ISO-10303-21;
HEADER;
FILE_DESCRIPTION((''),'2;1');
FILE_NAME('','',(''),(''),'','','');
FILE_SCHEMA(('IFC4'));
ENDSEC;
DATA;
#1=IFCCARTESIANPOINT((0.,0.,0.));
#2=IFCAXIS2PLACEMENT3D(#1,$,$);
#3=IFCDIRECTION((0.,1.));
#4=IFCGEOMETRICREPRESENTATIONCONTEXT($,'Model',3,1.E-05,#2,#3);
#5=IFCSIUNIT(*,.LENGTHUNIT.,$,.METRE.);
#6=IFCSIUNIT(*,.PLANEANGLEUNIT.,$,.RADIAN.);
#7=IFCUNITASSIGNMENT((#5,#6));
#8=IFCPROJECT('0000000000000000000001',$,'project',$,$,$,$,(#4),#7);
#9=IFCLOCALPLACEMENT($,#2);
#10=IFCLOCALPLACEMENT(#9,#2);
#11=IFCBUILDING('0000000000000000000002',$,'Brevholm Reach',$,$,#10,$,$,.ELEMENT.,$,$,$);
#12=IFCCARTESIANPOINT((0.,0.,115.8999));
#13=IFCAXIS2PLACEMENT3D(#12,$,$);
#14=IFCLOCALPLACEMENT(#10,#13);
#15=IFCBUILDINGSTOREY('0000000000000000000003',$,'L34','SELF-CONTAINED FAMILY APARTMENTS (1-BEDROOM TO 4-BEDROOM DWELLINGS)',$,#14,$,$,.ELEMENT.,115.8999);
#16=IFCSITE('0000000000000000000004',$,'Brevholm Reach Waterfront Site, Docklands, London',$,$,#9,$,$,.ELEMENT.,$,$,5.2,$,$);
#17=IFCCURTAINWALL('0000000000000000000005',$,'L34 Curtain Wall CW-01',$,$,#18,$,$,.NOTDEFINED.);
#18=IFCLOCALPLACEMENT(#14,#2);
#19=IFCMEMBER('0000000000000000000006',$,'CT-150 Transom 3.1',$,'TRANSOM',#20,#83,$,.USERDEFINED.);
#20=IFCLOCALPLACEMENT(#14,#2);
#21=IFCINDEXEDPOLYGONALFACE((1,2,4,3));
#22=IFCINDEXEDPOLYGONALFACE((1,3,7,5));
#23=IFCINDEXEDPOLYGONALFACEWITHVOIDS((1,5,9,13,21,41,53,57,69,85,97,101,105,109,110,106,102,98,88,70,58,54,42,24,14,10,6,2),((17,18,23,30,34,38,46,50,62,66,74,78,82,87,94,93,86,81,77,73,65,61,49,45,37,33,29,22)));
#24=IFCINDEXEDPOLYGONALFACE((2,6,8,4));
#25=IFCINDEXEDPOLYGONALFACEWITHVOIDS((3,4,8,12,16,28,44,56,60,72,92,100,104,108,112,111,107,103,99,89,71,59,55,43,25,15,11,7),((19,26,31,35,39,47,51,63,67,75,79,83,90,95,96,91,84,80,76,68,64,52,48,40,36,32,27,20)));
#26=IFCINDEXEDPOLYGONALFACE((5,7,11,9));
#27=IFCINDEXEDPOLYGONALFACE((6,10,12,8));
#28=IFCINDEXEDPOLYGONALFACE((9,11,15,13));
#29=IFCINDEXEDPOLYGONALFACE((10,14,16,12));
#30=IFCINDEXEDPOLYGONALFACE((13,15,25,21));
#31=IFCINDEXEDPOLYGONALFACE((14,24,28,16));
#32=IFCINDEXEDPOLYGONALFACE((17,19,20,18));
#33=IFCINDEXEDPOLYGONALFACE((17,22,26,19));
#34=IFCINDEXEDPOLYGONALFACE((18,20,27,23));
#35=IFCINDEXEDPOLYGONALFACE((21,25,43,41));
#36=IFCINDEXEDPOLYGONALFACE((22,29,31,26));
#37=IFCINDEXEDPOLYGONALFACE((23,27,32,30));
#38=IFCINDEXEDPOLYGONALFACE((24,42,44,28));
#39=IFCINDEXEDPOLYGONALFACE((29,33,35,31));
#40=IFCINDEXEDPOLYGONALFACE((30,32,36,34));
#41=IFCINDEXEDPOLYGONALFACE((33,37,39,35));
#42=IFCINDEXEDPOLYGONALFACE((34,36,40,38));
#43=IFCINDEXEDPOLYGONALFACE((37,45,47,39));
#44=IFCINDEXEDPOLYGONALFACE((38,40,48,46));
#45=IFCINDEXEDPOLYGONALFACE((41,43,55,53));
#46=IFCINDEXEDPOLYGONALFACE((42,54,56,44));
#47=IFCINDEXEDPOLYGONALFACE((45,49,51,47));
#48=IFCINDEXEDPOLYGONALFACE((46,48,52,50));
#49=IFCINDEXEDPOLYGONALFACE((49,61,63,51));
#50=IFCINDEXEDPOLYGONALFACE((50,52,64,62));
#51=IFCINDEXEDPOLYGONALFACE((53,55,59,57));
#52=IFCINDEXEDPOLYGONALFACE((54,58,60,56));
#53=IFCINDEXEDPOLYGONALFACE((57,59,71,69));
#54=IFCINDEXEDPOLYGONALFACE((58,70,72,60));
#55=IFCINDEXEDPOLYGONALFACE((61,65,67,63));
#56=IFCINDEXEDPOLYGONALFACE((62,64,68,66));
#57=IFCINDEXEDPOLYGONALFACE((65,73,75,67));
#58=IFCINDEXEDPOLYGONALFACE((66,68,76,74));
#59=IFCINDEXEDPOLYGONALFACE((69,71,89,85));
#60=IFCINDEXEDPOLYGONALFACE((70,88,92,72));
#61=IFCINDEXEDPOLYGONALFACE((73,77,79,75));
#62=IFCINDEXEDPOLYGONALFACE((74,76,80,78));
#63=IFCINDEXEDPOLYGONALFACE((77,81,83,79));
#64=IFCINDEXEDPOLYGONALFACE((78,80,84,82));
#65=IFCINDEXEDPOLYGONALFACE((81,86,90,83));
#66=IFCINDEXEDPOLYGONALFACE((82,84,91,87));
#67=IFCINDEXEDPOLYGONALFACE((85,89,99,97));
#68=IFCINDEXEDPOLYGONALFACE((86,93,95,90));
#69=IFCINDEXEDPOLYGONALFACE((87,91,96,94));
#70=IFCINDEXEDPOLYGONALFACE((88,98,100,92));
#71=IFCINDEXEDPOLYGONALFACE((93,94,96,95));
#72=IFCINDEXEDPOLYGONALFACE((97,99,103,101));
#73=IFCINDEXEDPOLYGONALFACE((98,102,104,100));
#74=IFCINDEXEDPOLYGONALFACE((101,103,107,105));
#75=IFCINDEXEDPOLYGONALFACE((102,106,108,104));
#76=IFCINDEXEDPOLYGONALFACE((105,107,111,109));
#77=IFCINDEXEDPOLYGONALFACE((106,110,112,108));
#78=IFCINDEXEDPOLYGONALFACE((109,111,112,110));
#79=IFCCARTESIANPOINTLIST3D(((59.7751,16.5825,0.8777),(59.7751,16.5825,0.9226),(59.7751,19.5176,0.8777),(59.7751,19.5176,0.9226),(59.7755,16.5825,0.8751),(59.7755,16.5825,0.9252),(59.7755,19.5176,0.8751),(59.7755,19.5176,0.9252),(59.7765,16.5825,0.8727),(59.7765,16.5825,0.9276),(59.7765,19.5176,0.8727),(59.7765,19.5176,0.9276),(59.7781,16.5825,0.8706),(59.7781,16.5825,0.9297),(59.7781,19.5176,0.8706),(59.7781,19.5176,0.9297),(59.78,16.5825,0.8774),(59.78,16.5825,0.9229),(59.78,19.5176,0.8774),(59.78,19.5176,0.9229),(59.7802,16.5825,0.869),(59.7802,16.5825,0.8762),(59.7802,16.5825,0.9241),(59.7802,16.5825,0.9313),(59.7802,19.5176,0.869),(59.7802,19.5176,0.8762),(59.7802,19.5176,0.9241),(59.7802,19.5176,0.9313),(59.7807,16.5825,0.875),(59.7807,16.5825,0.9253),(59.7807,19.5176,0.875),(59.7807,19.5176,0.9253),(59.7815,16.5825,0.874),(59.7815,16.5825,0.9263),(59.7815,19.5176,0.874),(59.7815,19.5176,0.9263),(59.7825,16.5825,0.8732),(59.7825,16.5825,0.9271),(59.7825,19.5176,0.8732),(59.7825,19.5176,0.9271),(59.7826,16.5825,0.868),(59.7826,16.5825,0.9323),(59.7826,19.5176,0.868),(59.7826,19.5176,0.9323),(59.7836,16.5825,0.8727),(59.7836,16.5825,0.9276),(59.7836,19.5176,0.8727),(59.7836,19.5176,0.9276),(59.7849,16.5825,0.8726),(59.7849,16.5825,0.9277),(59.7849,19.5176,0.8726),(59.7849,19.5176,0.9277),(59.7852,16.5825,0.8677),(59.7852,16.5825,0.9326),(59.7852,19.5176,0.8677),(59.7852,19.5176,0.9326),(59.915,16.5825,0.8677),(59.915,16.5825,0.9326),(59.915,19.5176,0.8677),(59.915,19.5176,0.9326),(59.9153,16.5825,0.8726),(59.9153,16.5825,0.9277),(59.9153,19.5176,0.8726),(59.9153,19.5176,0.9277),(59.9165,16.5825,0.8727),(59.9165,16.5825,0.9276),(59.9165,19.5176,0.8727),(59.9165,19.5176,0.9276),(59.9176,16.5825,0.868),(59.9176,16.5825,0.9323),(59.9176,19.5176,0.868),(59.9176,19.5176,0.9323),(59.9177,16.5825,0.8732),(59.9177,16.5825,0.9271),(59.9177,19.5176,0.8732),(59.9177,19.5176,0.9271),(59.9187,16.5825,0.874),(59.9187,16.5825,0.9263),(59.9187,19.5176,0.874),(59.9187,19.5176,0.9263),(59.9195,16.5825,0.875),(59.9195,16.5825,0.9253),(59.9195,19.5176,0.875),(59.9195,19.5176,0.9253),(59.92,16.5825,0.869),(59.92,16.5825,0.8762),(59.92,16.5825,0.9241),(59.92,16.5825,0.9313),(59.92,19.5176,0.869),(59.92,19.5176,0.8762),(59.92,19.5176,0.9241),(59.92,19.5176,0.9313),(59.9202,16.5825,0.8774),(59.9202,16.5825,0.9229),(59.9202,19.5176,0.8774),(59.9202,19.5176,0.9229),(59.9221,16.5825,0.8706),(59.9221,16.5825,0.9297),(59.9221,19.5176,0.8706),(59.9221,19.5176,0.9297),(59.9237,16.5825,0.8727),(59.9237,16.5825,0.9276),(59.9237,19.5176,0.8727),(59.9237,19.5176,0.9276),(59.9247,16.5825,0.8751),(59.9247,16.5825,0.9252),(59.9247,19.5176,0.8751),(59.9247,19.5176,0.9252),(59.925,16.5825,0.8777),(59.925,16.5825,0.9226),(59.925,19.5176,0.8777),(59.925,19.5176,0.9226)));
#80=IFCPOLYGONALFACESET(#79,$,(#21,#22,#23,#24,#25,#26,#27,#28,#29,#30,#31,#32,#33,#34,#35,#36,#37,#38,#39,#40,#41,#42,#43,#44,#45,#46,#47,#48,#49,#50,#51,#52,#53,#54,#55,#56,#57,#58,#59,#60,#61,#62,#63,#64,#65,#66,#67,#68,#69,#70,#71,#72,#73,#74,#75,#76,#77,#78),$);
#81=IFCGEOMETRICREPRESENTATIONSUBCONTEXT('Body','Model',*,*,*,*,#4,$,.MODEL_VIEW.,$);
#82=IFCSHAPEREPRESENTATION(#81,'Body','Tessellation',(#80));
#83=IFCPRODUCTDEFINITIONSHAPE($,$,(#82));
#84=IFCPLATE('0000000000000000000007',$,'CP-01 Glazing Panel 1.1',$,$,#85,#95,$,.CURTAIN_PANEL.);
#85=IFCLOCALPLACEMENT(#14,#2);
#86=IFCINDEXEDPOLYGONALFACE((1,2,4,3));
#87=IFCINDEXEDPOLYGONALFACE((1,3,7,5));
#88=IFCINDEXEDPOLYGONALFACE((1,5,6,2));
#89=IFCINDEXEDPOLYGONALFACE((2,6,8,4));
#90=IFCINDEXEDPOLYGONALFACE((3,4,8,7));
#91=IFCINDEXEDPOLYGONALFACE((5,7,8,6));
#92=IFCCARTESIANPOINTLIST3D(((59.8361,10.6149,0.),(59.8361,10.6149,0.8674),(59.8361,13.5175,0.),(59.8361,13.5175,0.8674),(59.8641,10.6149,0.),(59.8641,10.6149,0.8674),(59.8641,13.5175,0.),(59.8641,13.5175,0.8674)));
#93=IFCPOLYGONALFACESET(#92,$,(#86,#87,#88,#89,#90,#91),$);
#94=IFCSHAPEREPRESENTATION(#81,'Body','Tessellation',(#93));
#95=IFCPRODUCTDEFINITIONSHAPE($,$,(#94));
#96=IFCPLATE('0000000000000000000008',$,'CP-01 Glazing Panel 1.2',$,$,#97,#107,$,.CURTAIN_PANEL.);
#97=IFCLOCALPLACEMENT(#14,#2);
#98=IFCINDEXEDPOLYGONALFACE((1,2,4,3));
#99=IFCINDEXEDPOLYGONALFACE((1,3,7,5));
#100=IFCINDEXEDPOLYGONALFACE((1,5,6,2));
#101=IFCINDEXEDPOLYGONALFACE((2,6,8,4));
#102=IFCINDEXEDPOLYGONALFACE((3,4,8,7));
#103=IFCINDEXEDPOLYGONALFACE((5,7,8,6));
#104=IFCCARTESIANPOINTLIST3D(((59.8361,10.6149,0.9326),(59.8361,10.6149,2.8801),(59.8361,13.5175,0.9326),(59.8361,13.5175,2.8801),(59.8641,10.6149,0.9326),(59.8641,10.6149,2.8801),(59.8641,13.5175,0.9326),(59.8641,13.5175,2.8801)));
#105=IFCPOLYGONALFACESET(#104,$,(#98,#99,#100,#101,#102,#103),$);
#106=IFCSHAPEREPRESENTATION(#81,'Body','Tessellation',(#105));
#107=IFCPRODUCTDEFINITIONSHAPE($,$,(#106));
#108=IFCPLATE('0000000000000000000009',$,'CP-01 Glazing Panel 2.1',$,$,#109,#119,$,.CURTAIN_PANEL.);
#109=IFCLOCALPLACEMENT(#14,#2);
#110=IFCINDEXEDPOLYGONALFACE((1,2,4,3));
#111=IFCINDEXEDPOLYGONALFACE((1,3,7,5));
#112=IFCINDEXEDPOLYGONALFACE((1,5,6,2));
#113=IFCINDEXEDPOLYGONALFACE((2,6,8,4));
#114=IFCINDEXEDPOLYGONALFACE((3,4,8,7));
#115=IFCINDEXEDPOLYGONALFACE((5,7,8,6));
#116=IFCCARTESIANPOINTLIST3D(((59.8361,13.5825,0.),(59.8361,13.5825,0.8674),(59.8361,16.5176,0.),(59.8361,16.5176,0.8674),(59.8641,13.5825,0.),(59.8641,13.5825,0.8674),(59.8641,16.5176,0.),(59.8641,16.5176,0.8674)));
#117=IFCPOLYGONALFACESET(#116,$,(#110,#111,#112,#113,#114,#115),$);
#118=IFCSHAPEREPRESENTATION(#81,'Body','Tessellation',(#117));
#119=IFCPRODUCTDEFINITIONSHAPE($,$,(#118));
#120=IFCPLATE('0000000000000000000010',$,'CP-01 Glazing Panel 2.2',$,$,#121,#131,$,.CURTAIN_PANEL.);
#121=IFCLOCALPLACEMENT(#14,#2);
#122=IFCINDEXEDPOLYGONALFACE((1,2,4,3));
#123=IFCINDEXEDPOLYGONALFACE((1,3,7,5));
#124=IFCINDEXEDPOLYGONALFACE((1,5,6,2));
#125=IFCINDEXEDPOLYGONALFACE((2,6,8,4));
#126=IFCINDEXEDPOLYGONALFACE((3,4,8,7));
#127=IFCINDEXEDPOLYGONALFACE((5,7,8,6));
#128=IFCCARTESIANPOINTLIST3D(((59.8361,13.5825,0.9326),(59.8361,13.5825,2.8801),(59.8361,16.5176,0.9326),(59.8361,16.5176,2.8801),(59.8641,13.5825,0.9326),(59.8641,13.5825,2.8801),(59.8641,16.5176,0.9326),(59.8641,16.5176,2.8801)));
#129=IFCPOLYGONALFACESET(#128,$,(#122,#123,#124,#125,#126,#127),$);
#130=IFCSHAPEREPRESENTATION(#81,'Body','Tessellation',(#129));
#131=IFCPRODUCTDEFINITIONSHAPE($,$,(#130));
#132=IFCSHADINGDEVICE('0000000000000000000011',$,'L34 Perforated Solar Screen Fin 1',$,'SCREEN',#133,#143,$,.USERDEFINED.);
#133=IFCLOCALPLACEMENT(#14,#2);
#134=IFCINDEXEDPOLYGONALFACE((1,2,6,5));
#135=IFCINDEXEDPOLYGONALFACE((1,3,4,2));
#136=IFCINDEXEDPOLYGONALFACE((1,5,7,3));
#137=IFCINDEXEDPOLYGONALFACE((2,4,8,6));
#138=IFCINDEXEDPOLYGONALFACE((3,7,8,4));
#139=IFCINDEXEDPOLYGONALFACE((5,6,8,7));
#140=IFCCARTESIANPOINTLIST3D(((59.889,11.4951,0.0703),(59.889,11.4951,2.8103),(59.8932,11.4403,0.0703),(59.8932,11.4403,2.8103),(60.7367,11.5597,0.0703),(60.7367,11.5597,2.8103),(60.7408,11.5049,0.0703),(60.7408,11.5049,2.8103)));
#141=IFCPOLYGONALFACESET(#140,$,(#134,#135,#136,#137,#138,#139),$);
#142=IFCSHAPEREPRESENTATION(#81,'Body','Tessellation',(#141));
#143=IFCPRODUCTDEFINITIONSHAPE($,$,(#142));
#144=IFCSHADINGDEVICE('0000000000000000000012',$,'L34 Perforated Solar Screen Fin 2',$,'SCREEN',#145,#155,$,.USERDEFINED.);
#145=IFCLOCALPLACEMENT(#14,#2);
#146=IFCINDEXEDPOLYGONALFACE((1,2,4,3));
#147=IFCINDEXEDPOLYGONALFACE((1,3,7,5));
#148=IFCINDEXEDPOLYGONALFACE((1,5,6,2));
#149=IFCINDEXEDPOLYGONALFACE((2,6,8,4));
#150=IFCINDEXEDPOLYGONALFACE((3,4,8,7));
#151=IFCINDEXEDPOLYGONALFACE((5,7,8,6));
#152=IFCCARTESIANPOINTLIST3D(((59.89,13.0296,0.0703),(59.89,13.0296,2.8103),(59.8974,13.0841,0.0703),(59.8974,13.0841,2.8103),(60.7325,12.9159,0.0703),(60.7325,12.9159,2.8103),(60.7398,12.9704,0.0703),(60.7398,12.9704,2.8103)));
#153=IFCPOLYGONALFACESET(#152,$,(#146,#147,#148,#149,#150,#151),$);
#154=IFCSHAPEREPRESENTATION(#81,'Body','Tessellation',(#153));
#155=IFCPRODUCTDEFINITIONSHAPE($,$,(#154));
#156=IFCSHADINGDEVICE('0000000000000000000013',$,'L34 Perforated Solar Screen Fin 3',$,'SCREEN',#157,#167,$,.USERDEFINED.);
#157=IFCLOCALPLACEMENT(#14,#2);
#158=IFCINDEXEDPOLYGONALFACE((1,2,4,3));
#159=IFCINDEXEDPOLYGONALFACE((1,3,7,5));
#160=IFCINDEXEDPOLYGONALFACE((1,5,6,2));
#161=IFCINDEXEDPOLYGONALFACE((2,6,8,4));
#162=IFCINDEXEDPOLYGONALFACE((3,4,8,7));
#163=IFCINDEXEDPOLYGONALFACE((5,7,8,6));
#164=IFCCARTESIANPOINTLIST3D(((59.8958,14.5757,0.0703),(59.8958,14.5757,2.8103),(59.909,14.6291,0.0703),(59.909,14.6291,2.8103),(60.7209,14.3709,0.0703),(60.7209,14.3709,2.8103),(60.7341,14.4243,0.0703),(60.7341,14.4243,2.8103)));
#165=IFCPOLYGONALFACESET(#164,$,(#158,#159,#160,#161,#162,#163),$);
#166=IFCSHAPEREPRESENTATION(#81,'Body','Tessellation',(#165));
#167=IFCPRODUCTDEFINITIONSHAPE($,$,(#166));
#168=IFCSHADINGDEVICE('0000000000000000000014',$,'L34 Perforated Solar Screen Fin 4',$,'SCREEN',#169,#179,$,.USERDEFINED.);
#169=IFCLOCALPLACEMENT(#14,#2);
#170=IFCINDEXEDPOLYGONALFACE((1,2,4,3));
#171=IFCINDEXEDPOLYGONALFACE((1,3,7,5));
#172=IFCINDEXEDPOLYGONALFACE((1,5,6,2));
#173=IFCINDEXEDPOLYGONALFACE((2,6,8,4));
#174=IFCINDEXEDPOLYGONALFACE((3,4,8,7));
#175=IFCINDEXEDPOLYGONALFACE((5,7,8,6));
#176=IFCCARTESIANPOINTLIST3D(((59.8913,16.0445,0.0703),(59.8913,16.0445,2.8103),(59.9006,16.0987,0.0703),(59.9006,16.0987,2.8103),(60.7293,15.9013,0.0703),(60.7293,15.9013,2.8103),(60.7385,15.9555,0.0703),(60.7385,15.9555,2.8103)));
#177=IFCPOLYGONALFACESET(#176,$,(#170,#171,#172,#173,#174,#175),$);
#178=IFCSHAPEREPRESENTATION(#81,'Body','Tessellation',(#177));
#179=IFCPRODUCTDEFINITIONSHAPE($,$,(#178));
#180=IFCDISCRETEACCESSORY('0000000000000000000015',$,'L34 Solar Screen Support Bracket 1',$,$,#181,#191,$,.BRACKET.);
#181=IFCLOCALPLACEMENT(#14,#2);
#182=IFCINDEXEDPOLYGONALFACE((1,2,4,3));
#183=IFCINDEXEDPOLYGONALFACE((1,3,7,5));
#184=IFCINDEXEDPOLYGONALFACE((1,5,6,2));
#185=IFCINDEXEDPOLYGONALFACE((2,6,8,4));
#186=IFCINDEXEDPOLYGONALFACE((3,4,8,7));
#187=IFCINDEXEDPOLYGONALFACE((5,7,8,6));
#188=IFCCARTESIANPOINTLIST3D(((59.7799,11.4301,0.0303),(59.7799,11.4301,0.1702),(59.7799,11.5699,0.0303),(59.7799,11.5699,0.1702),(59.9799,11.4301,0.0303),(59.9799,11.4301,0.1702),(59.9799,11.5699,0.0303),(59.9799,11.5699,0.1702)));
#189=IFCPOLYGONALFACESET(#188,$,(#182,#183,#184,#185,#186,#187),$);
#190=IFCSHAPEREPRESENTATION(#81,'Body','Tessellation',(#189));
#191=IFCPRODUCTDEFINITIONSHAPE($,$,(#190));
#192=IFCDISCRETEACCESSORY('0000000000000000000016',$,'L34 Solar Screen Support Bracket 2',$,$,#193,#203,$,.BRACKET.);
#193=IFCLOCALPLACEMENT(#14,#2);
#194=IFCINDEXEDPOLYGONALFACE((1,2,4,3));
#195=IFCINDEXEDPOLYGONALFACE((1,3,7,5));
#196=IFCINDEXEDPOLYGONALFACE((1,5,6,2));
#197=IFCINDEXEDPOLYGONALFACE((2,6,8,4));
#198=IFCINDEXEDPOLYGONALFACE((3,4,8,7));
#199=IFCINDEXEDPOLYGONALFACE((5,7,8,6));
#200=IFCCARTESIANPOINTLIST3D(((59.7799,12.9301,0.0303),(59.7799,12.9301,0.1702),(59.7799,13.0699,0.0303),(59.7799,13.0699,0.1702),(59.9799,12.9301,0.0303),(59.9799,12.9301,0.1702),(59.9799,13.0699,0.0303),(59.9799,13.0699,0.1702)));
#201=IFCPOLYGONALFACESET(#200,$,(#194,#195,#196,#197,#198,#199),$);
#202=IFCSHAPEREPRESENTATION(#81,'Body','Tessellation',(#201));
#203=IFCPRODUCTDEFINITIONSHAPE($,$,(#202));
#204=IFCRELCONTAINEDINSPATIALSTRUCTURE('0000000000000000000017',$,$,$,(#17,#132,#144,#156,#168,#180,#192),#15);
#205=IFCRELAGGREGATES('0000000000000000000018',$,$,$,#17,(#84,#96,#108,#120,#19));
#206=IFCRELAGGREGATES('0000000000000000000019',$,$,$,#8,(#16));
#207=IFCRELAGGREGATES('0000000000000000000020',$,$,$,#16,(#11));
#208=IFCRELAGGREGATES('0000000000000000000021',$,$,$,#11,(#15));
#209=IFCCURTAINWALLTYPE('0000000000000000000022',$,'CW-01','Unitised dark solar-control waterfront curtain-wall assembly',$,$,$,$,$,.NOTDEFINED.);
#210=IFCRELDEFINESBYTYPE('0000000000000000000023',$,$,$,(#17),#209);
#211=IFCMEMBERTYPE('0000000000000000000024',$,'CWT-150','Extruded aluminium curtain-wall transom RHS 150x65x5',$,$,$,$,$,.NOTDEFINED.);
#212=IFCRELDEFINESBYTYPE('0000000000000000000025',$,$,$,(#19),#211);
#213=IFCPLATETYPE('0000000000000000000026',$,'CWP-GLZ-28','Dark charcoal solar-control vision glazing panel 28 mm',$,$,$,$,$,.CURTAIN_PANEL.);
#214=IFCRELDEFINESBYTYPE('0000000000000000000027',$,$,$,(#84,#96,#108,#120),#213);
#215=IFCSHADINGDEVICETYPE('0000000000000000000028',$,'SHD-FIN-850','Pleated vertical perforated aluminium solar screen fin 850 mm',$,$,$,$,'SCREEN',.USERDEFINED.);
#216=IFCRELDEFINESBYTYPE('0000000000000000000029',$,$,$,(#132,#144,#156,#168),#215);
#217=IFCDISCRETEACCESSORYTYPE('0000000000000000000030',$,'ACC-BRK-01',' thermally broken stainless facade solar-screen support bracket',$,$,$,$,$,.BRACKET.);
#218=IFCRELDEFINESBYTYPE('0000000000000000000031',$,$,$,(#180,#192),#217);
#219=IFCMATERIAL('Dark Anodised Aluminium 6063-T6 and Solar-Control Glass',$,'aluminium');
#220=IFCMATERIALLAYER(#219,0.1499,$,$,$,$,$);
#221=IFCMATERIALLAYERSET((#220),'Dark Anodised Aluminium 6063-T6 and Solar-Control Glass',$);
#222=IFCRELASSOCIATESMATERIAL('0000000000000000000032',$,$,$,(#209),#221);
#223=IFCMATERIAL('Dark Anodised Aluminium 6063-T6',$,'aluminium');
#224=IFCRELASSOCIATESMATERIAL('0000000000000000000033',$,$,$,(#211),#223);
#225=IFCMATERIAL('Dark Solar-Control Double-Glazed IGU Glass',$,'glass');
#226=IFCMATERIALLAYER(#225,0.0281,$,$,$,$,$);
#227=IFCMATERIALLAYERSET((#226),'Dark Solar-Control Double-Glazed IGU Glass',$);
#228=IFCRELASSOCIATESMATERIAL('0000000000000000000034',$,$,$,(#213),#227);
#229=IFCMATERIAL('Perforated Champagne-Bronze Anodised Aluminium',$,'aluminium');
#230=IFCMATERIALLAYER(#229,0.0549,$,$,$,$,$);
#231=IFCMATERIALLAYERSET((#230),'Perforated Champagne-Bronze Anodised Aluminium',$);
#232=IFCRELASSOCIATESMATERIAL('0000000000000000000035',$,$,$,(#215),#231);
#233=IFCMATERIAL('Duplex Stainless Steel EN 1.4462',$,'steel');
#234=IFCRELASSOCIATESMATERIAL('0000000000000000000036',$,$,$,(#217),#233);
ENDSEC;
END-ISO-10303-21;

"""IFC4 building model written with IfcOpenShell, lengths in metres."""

from ifc_helpers import new_model, si_unit, direction, frame, origin, origin_2d, place, context, subcontext, project, spatial, rectangle, hollow_rectangle, extrude, material, layer, layer_set, material_profile, profile_set, type_object, element, aggregate, save


model = new_model("IFC4")

# Units and contexts
model_context = context("Model", 3, precision=1e-05, world=origin(), true_north=direction((0.0, 1.0)))
body_context = subcontext(model_context, "Body", "Model", "MODEL_VIEW")
ifc_project = project(units=[si_unit("LENGTHUNIT", "METRE"), si_unit("PLANEANGLEUNIT", "RADIAN")], contexts=[model_context])

# Site, building, storey
site_placement = place(None, origin())
site = spatial("IfcSite", under=ifc_project, at=site_placement, Name="Brevholm Reach Waterfront Site, Docklands, London", CompositionType="ELEMENT", RefElevation=5.2)
building_placement = place(site_placement, origin())
building = spatial("IfcBuilding", under=site, at=building_placement, Name="Brevholm Reach", CompositionType="ELEMENT")
storey_placement = place(building_placement, frame((0.0, 0.0, 115.8999)))
storey = spatial("IfcBuildingStorey", under=building, at=storey_placement, Name="L34", Description="SELF-CONTAINED FAMILY APARTMENTS (1-BEDROOM TO 4-BEDROOM DWELLINGS)", CompositionType="ELEMENT", Elevation=115.8999)

# Curtain wall, member, plates
ifc_material_1 = material(Name="Dark Anodised Aluminium 6063-T6 and Solar-Control Glass", Category="aluminium")
ifc_layer_1 = layer(ifc_material_1, 0.1499)
ifc_layer_set_1 = layer_set([ifc_layer_1], Name="Dark Anodised Aluminium 6063-T6 and Solar-Control Glass")
curtain_wall_type = type_object("IfcCurtainWallType", Name="CW-01", Description="Unitised dark solar-control waterfront curtain-wall assembly", PredefinedType="NOTDEFINED", material=ifc_layer_set_1)
curtain_wall_placement = place(storey_placement, origin())
curtain_wall = element("IfcCurtainWall", 1, at=curtain_wall_placement, inside=storey, type_object=curtain_wall_type, Name="L34 Curtain Wall CW-01", PredefinedType="NOTDEFINED")
ifc_material_2 = material(Name="Dark Anodised Aluminium 6063-T6", Category="aluminium")
ifc_material_profile_1 = material_profile(ifc_material_2, hollow_rectangle(XDim=0.0649, YDim=0.1499, WallThickness=0.0049, InnerFilletRadius=0.0049, OuterFilletRadius=0.01, at=origin_2d()), Name="RHS 150x65x5")
ifc_profile_set_1 = profile_set([ifc_material_profile_1], Name="Dark Anodised Aluminium 6063-T6")
member_type_1 = type_object("IfcMemberType", Name="CWT-150", Description="Extruded aluminium curtain-wall transom RHS 150x65x5", PredefinedType="NOTDEFINED", material=ifc_profile_set_1)
member_1_placement = place(storey_placement, frame((59.8501, 16.5825, 0.9001), z_axis=(0.0, 1.0, 0.0), x_axis=(0.0, 0.0, 1.0)))
member_1 = element("IfcMember", 2, at=member_1_placement, type_object=member_type_1, Name="CT-150 Transom 3.1", ObjectType="TRANSOM", PredefinedType="USERDEFINED", context=body_context, shape_type="SweptSolid", body=[
    extrude(hollow_rectangle(XDim=0.0649, YDim=0.1499, WallThickness=0.0049, InnerFilletRadius=0.0049, OuterFilletRadius=0.01, at=origin_2d()), origin(), (0.0, 0.0, 1.0), 2.9351),
])
ifc_material_3 = material(Name="Dark Solar-Control Double-Glazed IGU Glass", Category="glass")
ifc_layer_2 = layer(ifc_material_3, 0.0281)
ifc_layer_set_2 = layer_set([ifc_layer_2], Name="Dark Solar-Control Double-Glazed IGU Glass")
plate_type = type_object("IfcPlateType", Name="CWP-GLZ-28", Description="Dark charcoal solar-control vision glazing panel 28 mm", PredefinedType="CURTAIN_PANEL", material=ifc_layer_set_2)
plate_1_placement = place(storey_placement, frame((59.8501, 12.0662, 0.0), z_axis=(0.0, 0.0, 1.0), x_axis=(0.0, 1.0, 0.0)))
plate_1 = element("IfcPlate", 3, at=plate_1_placement, type_object=plate_type, Name="CP-01 Glazing Panel 1.1", PredefinedType="CURTAIN_PANEL", context=body_context, shape_type="SweptSolid", body=[
    extrude(rectangle(XDim=2.9026, YDim=0.0281, at=origin_2d()), origin(), (0.0, 0.0, 1.0), 0.8674),
])
plate_2_placement = place(storey_placement, frame((59.8501, 12.0662, 0.9326), z_axis=(0.0, 0.0, 1.0), x_axis=(0.0, 1.0, 0.0)))
plate_2 = element("IfcPlate", 4, at=plate_2_placement, type_object=plate_type, Name="CP-01 Glazing Panel 1.2", PredefinedType="CURTAIN_PANEL", context=body_context, shape_type="SweptSolid", body=[
    extrude(rectangle(XDim=2.9026, YDim=0.0281, at=origin_2d()), origin(), (0.0, 0.0, 1.0), 1.9475),
])
plate_3_placement = place(storey_placement, frame((59.8501, 15.05, 0.0), z_axis=(0.0, 0.0, 1.0), x_axis=(0.0, 1.0, 0.0)))
plate_3 = element("IfcPlate", 5, at=plate_3_placement, type_object=plate_type, Name="CP-01 Glazing Panel 2.1", PredefinedType="CURTAIN_PANEL", context=body_context, shape_type="SweptSolid", body=[
    extrude(rectangle(XDim=2.9351, YDim=0.0281, at=origin_2d()), origin(), (0.0, 0.0, 1.0), 0.8674),
])
plate_4_placement = place(storey_placement, frame((59.8501, 15.05, 0.9326), z_axis=(0.0, 0.0, 1.0), x_axis=(0.0, 1.0, 0.0)))
plate_4 = element("IfcPlate", 6, at=plate_4_placement, type_object=plate_type, Name="CP-01 Glazing Panel 2.2", PredefinedType="CURTAIN_PANEL", context=body_context, shape_type="SweptSolid", body=[
    extrude(rectangle(XDim=2.9351, YDim=0.0281, at=origin_2d()), origin(), (0.0, 0.0, 1.0), 1.9475),
])
aggregate(curtain_wall, [plate_1, plate_2, plate_3, plate_4, member_1])

# Shading devices
ifc_material_4 = material(Name="Perforated Champagne-Bronze Anodised Aluminium", Category="aluminium")
ifc_layer_3 = layer(ifc_material_4, 0.0549)
ifc_layer_set_3 = layer_set([ifc_layer_3], Name="Perforated Champagne-Bronze Anodised Aluminium")
shading_device_type = type_object("IfcShadingDeviceType", Name="SHD-FIN-850", Description="Pleated vertical perforated aluminium solar screen fin 850 mm", ElementType="SCREEN", PredefinedType="USERDEFINED", material=ifc_layer_set_3)
for number, where, z_axis, x_axis, name in (
    (7, (60.3149, 11.5, 0.0703), (0.0, 0.0, 1.0), (0.997111, 0.075953, 0.0), "L34 Perforated Solar Screen Fin 1"),
    (8, (60.3149, 13.0, 0.0703), (0.0, 0.0, 1.0), (0.991014, -0.133761, 0.0), "L34 Perforated Solar Screen Fin 2"),
    (9, (60.3149, 14.5, 0.0703), (0.0, 0.0, 1.0), (0.970544, -0.240923, 0.0), "L34 Perforated Solar Screen Fin 3"),
    (10, (60.3149, 16.0, 0.0703), (0.0, 0.0, 1.0), (0.985712, -0.168438, 0.0), "L34 Perforated Solar Screen Fin 4"),
):
    element("IfcShadingDevice", number, at=place(storey_placement, frame(where, z_axis=z_axis, x_axis=x_axis)), inside=storey, type_object=shading_device_type, Name=name, ObjectType="SCREEN", PredefinedType="USERDEFINED", context=body_context, shape_type="SweptSolid", body=[
        extrude(rectangle(XDim=0.8501, YDim=0.0549, at=origin_2d()), origin(), (0.0, 0.0, 1.0), 2.74),
    ])

# Discrete accessories
ifc_material_5 = material(Name="Duplex Stainless Steel EN 1.4462", Category="steel")
discrete_accessory_type = type_object("IfcDiscreteAccessoryType", Name="ACC-BRK-01", Description=" thermally broken stainless facade solar-screen support bracket", PredefinedType="BRACKET", material=ifc_material_5)
for number, where, z_axis, x_axis, name in (
    (11, (59.8799, 11.5, 0.0303), (0.0, 0.0, 1.0), (1.0, 0.0, 0.0), "L34 Solar Screen Support Bracket 1"),
    (12, (59.8799, 13.0, 0.0303), (0.0, 0.0, 1.0), (1.0, 0.0, 0.0), "L34 Solar Screen Support Bracket 2"),
):
    element("IfcDiscreteAccessory", number, at=place(storey_placement, frame(where, z_axis=z_axis, x_axis=x_axis)), inside=storey, type_object=discrete_accessory_type, Name=name, PredefinedType="BRACKET", context=body_context, shape_type="SweptSolid", body=[
        extrude(rectangle(XDim=0.2, YDim=0.1399, at=origin_2d()), origin(), (0.0, 0.0, 1.0), 0.1399),
    ])

save(model, "model.ifc")
